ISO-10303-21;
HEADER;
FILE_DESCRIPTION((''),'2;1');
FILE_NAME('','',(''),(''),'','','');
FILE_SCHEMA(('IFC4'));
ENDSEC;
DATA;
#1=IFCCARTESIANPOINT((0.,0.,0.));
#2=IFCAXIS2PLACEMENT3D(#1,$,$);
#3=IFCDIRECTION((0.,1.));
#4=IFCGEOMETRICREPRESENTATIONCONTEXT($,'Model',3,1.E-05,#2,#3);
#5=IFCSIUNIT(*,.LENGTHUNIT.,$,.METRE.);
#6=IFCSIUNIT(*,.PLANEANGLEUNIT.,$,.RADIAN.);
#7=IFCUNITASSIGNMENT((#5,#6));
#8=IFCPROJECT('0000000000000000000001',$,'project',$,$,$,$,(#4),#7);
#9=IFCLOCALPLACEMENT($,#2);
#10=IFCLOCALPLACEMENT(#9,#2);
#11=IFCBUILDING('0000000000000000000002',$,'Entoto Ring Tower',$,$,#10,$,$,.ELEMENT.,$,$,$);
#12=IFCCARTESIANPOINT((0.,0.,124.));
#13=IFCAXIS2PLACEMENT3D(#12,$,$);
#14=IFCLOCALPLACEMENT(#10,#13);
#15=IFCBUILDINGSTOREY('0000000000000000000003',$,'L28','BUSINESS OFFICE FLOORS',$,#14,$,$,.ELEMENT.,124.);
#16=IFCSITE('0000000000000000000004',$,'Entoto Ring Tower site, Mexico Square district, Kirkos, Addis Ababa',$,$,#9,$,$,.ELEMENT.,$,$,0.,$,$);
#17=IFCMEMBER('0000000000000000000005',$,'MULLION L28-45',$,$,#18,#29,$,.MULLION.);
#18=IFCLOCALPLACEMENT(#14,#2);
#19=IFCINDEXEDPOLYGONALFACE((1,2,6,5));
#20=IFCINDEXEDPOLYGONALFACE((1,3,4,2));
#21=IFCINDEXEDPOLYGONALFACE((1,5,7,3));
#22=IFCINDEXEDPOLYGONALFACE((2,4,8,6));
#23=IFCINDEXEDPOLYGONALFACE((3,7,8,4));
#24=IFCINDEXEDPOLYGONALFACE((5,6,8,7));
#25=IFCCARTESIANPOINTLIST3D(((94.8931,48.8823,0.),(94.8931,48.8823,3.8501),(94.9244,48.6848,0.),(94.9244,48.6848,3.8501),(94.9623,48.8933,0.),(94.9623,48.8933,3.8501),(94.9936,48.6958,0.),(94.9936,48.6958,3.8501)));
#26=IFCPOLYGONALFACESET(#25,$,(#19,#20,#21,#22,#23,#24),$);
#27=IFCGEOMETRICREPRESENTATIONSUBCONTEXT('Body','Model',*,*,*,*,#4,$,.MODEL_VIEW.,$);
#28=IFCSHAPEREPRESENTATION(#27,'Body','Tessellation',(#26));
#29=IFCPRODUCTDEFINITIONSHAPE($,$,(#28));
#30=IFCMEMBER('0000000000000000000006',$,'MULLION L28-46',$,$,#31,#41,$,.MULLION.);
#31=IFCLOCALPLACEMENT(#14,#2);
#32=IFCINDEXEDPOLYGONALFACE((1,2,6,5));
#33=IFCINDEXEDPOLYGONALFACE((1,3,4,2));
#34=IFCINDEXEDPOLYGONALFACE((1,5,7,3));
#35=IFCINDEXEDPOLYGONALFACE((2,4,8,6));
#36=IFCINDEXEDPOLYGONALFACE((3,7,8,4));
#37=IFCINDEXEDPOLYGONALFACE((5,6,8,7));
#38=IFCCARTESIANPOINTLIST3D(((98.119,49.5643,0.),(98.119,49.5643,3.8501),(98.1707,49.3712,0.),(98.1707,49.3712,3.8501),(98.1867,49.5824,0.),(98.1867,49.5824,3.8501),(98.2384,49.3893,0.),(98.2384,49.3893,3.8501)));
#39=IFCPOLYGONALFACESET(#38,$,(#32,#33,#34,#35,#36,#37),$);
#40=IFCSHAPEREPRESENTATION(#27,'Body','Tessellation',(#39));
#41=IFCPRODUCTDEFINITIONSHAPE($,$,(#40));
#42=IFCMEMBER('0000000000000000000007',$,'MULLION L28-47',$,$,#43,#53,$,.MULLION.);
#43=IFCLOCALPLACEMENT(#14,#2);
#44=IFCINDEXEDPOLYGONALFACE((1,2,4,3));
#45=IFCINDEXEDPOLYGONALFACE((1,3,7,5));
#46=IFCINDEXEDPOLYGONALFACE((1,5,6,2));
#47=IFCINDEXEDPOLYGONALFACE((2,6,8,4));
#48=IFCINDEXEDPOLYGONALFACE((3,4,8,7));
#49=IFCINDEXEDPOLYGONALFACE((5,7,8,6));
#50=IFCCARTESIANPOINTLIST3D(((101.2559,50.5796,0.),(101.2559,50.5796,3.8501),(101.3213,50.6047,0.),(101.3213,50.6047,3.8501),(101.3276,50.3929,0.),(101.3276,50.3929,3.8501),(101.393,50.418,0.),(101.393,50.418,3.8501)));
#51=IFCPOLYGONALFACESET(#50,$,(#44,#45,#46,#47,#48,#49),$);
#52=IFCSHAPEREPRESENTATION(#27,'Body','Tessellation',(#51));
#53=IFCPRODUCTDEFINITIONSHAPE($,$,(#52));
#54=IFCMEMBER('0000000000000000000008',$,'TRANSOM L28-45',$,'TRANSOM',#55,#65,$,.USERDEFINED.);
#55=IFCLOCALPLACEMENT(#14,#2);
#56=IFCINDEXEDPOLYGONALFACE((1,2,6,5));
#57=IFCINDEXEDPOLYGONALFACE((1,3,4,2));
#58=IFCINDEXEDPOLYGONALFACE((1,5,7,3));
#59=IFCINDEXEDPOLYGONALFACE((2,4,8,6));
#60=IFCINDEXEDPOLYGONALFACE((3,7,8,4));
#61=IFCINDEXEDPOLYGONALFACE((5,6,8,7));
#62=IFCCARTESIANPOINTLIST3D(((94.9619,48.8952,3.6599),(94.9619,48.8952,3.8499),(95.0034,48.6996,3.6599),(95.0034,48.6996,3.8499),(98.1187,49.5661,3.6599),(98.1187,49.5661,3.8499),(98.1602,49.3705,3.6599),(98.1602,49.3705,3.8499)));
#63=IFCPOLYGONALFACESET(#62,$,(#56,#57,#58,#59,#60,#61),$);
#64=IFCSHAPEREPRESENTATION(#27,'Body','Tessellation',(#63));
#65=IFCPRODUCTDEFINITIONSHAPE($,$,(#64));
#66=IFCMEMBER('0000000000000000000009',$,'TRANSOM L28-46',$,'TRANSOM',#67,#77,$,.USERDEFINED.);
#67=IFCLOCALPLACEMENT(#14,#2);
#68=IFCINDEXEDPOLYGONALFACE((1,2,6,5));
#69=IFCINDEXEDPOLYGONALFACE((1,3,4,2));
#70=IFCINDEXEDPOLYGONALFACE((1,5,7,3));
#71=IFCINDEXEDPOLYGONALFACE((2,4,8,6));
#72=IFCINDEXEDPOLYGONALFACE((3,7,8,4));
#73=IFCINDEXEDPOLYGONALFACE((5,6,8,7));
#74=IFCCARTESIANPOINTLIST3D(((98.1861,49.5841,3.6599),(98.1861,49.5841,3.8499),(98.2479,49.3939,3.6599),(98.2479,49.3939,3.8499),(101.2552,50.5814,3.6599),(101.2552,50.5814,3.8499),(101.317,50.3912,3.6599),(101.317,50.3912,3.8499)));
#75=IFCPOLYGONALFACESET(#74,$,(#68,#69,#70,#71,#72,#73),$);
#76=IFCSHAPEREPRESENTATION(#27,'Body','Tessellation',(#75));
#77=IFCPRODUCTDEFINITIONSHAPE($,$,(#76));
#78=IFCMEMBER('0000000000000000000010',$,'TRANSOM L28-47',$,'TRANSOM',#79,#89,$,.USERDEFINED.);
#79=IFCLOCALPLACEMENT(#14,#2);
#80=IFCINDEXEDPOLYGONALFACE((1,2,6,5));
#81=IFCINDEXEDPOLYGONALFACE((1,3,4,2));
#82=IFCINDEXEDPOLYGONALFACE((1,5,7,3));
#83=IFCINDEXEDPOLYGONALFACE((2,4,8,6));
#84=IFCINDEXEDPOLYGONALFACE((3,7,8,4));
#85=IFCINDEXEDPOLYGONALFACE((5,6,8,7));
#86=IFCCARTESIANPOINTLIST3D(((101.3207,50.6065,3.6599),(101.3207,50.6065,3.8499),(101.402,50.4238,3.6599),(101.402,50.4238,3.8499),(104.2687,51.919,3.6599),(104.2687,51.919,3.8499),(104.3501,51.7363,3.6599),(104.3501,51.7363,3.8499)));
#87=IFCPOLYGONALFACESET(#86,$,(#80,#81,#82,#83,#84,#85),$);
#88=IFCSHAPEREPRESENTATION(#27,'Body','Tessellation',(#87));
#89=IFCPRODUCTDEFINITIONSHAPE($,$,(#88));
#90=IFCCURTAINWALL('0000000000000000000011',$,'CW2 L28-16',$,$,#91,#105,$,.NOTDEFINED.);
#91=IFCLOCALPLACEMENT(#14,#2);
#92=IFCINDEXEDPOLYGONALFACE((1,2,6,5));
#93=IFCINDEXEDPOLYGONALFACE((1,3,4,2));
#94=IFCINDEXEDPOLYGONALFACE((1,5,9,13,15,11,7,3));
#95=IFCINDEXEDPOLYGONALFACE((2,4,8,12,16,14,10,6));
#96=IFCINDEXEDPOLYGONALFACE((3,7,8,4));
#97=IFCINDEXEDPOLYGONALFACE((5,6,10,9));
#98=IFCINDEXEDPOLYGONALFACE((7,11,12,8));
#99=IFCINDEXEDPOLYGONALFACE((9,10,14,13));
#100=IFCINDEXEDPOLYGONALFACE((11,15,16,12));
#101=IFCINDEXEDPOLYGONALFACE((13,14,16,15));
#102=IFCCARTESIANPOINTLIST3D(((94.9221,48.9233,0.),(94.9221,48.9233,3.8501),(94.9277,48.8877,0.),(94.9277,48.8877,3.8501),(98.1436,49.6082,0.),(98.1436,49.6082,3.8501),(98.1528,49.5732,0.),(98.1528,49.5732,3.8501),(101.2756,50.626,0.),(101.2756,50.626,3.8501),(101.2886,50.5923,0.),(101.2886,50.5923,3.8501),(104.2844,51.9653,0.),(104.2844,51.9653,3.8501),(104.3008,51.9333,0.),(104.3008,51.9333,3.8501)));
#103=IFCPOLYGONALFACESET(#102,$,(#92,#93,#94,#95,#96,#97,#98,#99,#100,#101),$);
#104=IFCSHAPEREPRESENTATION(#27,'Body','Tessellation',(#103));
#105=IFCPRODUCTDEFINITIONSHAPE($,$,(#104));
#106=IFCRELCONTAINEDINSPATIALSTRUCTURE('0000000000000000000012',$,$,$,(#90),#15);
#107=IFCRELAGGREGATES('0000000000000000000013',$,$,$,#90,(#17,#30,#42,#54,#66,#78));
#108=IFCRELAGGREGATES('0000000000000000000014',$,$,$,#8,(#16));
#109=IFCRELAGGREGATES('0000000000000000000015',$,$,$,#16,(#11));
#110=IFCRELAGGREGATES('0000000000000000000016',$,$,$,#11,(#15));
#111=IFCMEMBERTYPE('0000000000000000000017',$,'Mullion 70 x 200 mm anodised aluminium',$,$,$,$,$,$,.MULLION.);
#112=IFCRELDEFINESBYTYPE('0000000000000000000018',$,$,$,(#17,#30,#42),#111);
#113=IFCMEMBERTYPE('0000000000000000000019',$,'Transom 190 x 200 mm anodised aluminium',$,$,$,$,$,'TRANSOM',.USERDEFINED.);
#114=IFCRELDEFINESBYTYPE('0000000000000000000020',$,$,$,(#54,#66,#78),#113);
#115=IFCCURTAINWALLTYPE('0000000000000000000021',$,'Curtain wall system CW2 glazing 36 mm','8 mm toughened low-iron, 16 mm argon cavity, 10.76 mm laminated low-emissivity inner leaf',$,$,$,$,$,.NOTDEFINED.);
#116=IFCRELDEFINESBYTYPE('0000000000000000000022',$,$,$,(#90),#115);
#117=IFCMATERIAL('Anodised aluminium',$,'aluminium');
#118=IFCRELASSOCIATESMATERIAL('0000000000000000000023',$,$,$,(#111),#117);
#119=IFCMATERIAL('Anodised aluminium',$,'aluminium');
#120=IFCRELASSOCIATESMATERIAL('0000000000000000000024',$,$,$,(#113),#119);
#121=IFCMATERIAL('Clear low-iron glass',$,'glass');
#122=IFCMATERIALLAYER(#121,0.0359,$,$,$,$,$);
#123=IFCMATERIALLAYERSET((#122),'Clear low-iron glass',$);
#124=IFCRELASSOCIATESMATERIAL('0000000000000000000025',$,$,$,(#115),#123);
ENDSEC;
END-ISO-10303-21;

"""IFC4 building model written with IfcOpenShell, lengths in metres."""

from ifc_helpers import new_model, si_unit, direction, frame, origin, origin_2d, place, context, subcontext, project, spatial, polyline, rectangle, outline, extrude, material, layer, layer_set, material_profile, profile_set, type_object, element, aggregate, save


model = new_model("IFC4")

# Units and contexts
model_context = context("Model", 3, precision=1e-05, world=origin(), true_north=direction((0.0, 1.0)))
body_context = subcontext(model_context, "Body", "Model", "MODEL_VIEW")
ifc_project = project(units=[si_unit("LENGTHUNIT", "METRE"), si_unit("PLANEANGLEUNIT", "RADIAN")], contexts=[model_context])

# Members
ifc_material_1 = material(Name="Anodised aluminium", Category="aluminium")
ifc_material_profile_1 = material_profile(ifc_material_1, rectangle(XDim=0.0701, YDim=0.2, at=origin_2d()), Name="Mullion 70 x 200 mm anodised aluminium")
ifc_profile_set_1 = profile_set([ifc_material_profile_1], Name="Anodised aluminium")
member_type_1 = type_object("IfcMemberType", Name="Mullion 70 x 200 mm anodised aluminium", PredefinedType="MULLION", material=ifc_profile_set_1)
site_placement = place(None, origin())
building_placement = place(site_placement, origin())
storey_placement = place(building_placement, frame((0.0, 0.0, 124.0)))
member_1_placement = place(storey_placement, frame((94.9434, 48.7891, 0.0), z_axis=(0.0, 0.0, 1.0), x_axis=(0.987688, 0.156434, 0.0)))
member_1 = element("IfcMember", 1, at=member_1_placement, type_object=member_type_1, Name="MULLION L28-45", PredefinedType="MULLION", context=body_context, shape_type="SweptSolid", body=[
    extrude(rectangle(XDim=0.0701, YDim=0.2, at=origin_2d()), origin(), (0.0, 0.0, 1.0), 3.8501),
])
member_2_placement = place(storey_placement, frame((98.1787, 49.4768, 0.0), z_axis=(0.0, 0.0, 1.0), x_axis=(0.965926, 0.258819, 0.0)))
member_2 = element("IfcMember", 2, at=member_2_placement, type_object=member_type_1, Name="MULLION L28-46", PredefinedType="MULLION", context=body_context, shape_type="SweptSolid", body=[
    extrude(rectangle(XDim=0.0701, YDim=0.2, at=origin_2d()), origin(), (0.0, 0.0, 1.0), 3.8501),
])
member_3_placement = place(storey_placement, frame((101.3245, 50.4988, 0.0), z_axis=(0.0, 0.0, 1.0), x_axis=(0.93358, 0.358368, 0.0)))
member_3 = element("IfcMember", 3, at=member_3_placement, type_object=member_type_1, Name="MULLION L28-47", PredefinedType="MULLION", context=body_context, shape_type="SweptSolid", body=[
    extrude(rectangle(XDim=0.0701, YDim=0.2, at=origin_2d()), origin(), (0.0, 0.0, 1.0), 3.8501),
])
ifc_material_2 = material(Name="Anodised aluminium", Category="aluminium")
ifc_material_profile_2 = material_profile(ifc_material_2, rectangle(XDim=0.2, YDim=0.1899, at=origin_2d()), Name="Transom 190 x 200 mm anodised aluminium")
ifc_profile_set_2 = profile_set([ifc_material_profile_2], Name="Anodised aluminium")
member_type_2 = type_object("IfcMemberType", Name="Transom 190 x 200 mm anodised aluminium", ElementType="TRANSOM", PredefinedType="USERDEFINED", material=ifc_profile_set_2)
member_4_placement = place(storey_placement, frame((94.9827, 48.7974, 3.7549), z_axis=(0.978153, 0.207886, 0.0), x_axis=(-0.207886, 0.978153, 0.0)))
member_4 = element("IfcMember", 4, at=member_4_placement, type_object=member_type_2, Name="TRANSOM L28-45", ObjectType="TRANSOM", PredefinedType="USERDEFINED", context=body_context, shape_type="SweptSolid", body=[
    extrude(rectangle(XDim=0.2, YDim=0.1899, at=origin_2d()), origin(), (0.0, 0.0, 1.0), 3.2273),
])
member_5_placement = place(storey_placement, frame((98.217, 49.489, 3.7549), z_axis=(0.951047, 0.309047, 0.0), x_axis=(-0.309047, 0.951047, 0.0)))
member_5 = element("IfcMember", 5, at=member_5_placement, type_object=member_type_2, Name="TRANSOM L28-46", ObjectType="TRANSOM", PredefinedType="USERDEFINED", context=body_context, shape_type="SweptSolid", body=[
    extrude(rectangle(XDim=0.2, YDim=0.1899, at=origin_2d()), origin(), (0.0, 0.0, 1.0), 3.2271),
])
member_6_placement = place(storey_placement, frame((101.3613, 50.5151, 3.7549), z_axis=(0.913549, 0.406728, 0.0), x_axis=(-0.406728, 0.913549, 0.0)))
member_6 = element("IfcMember", 6, at=member_6_placement, type_object=member_type_2, Name="TRANSOM L28-47", ObjectType="TRANSOM", PredefinedType="USERDEFINED", context=body_context, shape_type="SweptSolid", body=[
    extrude(rectangle(XDim=0.2, YDim=0.1899, at=origin_2d()), origin(), (0.0, 0.0, 1.0), 3.2271),
])

# Site, building, storey
site = spatial("IfcSite", under=ifc_project, at=site_placement, Name="Entoto Ring Tower site, Mexico Square district, Kirkos, Addis Ababa", CompositionType="ELEMENT", RefElevation=0.0)
building = spatial("IfcBuilding", under=site, at=building_placement, Name="Entoto Ring Tower", CompositionType="ELEMENT")
storey = spatial("IfcBuildingStorey", under=building, at=storey_placement, Name="L28", Description="BUSINESS OFFICE FLOORS", CompositionType="ELEMENT", Elevation=124.0)

# Curtain wall
ifc_material_3 = material(Name="Clear low-iron glass", Category="glass")
ifc_layer_1 = layer(ifc_material_3, 0.0359)
ifc_layer_set_1 = layer_set([ifc_layer_1], Name="Clear low-iron glass")
curtain_wall_type = type_object("IfcCurtainWallType", Name="Curtain wall system CW2 glazing 36 mm", Description="8 mm toughened low-iron, 16 mm argon cavity, 10.76 mm laminated low-emissivity inner leaf", PredefinedType="NOTDEFINED", material=ifc_layer_set_1)
curtain_wall_1_placement = place(storey_placement, origin())
curtain_wall_1 = element("IfcCurtainWall", 7, at=curtain_wall_1_placement, inside=storey, type_object=curtain_wall_type, Name="CW2 L28-16", PredefinedType="NOTDEFINED", context=body_context, shape_type="SweptSolid", body=[
    extrude(outline(polyline([(94.9277, 48.8877), (98.1528, 49.5732), (101.2886, 50.5923), (104.3008, 51.9333), (104.2844, 51.9653), (101.2756, 50.626), (98.1436, 49.6082), (94.9221, 48.9233), (94.9277, 48.8877)])), origin(), (0.0, 0.0, 1.0), 3.8501),
])
aggregate(curtain_wall_1, [member_1, member_2, member_3, member_4, member_5, member_6])

save(model, "model.ifc")
